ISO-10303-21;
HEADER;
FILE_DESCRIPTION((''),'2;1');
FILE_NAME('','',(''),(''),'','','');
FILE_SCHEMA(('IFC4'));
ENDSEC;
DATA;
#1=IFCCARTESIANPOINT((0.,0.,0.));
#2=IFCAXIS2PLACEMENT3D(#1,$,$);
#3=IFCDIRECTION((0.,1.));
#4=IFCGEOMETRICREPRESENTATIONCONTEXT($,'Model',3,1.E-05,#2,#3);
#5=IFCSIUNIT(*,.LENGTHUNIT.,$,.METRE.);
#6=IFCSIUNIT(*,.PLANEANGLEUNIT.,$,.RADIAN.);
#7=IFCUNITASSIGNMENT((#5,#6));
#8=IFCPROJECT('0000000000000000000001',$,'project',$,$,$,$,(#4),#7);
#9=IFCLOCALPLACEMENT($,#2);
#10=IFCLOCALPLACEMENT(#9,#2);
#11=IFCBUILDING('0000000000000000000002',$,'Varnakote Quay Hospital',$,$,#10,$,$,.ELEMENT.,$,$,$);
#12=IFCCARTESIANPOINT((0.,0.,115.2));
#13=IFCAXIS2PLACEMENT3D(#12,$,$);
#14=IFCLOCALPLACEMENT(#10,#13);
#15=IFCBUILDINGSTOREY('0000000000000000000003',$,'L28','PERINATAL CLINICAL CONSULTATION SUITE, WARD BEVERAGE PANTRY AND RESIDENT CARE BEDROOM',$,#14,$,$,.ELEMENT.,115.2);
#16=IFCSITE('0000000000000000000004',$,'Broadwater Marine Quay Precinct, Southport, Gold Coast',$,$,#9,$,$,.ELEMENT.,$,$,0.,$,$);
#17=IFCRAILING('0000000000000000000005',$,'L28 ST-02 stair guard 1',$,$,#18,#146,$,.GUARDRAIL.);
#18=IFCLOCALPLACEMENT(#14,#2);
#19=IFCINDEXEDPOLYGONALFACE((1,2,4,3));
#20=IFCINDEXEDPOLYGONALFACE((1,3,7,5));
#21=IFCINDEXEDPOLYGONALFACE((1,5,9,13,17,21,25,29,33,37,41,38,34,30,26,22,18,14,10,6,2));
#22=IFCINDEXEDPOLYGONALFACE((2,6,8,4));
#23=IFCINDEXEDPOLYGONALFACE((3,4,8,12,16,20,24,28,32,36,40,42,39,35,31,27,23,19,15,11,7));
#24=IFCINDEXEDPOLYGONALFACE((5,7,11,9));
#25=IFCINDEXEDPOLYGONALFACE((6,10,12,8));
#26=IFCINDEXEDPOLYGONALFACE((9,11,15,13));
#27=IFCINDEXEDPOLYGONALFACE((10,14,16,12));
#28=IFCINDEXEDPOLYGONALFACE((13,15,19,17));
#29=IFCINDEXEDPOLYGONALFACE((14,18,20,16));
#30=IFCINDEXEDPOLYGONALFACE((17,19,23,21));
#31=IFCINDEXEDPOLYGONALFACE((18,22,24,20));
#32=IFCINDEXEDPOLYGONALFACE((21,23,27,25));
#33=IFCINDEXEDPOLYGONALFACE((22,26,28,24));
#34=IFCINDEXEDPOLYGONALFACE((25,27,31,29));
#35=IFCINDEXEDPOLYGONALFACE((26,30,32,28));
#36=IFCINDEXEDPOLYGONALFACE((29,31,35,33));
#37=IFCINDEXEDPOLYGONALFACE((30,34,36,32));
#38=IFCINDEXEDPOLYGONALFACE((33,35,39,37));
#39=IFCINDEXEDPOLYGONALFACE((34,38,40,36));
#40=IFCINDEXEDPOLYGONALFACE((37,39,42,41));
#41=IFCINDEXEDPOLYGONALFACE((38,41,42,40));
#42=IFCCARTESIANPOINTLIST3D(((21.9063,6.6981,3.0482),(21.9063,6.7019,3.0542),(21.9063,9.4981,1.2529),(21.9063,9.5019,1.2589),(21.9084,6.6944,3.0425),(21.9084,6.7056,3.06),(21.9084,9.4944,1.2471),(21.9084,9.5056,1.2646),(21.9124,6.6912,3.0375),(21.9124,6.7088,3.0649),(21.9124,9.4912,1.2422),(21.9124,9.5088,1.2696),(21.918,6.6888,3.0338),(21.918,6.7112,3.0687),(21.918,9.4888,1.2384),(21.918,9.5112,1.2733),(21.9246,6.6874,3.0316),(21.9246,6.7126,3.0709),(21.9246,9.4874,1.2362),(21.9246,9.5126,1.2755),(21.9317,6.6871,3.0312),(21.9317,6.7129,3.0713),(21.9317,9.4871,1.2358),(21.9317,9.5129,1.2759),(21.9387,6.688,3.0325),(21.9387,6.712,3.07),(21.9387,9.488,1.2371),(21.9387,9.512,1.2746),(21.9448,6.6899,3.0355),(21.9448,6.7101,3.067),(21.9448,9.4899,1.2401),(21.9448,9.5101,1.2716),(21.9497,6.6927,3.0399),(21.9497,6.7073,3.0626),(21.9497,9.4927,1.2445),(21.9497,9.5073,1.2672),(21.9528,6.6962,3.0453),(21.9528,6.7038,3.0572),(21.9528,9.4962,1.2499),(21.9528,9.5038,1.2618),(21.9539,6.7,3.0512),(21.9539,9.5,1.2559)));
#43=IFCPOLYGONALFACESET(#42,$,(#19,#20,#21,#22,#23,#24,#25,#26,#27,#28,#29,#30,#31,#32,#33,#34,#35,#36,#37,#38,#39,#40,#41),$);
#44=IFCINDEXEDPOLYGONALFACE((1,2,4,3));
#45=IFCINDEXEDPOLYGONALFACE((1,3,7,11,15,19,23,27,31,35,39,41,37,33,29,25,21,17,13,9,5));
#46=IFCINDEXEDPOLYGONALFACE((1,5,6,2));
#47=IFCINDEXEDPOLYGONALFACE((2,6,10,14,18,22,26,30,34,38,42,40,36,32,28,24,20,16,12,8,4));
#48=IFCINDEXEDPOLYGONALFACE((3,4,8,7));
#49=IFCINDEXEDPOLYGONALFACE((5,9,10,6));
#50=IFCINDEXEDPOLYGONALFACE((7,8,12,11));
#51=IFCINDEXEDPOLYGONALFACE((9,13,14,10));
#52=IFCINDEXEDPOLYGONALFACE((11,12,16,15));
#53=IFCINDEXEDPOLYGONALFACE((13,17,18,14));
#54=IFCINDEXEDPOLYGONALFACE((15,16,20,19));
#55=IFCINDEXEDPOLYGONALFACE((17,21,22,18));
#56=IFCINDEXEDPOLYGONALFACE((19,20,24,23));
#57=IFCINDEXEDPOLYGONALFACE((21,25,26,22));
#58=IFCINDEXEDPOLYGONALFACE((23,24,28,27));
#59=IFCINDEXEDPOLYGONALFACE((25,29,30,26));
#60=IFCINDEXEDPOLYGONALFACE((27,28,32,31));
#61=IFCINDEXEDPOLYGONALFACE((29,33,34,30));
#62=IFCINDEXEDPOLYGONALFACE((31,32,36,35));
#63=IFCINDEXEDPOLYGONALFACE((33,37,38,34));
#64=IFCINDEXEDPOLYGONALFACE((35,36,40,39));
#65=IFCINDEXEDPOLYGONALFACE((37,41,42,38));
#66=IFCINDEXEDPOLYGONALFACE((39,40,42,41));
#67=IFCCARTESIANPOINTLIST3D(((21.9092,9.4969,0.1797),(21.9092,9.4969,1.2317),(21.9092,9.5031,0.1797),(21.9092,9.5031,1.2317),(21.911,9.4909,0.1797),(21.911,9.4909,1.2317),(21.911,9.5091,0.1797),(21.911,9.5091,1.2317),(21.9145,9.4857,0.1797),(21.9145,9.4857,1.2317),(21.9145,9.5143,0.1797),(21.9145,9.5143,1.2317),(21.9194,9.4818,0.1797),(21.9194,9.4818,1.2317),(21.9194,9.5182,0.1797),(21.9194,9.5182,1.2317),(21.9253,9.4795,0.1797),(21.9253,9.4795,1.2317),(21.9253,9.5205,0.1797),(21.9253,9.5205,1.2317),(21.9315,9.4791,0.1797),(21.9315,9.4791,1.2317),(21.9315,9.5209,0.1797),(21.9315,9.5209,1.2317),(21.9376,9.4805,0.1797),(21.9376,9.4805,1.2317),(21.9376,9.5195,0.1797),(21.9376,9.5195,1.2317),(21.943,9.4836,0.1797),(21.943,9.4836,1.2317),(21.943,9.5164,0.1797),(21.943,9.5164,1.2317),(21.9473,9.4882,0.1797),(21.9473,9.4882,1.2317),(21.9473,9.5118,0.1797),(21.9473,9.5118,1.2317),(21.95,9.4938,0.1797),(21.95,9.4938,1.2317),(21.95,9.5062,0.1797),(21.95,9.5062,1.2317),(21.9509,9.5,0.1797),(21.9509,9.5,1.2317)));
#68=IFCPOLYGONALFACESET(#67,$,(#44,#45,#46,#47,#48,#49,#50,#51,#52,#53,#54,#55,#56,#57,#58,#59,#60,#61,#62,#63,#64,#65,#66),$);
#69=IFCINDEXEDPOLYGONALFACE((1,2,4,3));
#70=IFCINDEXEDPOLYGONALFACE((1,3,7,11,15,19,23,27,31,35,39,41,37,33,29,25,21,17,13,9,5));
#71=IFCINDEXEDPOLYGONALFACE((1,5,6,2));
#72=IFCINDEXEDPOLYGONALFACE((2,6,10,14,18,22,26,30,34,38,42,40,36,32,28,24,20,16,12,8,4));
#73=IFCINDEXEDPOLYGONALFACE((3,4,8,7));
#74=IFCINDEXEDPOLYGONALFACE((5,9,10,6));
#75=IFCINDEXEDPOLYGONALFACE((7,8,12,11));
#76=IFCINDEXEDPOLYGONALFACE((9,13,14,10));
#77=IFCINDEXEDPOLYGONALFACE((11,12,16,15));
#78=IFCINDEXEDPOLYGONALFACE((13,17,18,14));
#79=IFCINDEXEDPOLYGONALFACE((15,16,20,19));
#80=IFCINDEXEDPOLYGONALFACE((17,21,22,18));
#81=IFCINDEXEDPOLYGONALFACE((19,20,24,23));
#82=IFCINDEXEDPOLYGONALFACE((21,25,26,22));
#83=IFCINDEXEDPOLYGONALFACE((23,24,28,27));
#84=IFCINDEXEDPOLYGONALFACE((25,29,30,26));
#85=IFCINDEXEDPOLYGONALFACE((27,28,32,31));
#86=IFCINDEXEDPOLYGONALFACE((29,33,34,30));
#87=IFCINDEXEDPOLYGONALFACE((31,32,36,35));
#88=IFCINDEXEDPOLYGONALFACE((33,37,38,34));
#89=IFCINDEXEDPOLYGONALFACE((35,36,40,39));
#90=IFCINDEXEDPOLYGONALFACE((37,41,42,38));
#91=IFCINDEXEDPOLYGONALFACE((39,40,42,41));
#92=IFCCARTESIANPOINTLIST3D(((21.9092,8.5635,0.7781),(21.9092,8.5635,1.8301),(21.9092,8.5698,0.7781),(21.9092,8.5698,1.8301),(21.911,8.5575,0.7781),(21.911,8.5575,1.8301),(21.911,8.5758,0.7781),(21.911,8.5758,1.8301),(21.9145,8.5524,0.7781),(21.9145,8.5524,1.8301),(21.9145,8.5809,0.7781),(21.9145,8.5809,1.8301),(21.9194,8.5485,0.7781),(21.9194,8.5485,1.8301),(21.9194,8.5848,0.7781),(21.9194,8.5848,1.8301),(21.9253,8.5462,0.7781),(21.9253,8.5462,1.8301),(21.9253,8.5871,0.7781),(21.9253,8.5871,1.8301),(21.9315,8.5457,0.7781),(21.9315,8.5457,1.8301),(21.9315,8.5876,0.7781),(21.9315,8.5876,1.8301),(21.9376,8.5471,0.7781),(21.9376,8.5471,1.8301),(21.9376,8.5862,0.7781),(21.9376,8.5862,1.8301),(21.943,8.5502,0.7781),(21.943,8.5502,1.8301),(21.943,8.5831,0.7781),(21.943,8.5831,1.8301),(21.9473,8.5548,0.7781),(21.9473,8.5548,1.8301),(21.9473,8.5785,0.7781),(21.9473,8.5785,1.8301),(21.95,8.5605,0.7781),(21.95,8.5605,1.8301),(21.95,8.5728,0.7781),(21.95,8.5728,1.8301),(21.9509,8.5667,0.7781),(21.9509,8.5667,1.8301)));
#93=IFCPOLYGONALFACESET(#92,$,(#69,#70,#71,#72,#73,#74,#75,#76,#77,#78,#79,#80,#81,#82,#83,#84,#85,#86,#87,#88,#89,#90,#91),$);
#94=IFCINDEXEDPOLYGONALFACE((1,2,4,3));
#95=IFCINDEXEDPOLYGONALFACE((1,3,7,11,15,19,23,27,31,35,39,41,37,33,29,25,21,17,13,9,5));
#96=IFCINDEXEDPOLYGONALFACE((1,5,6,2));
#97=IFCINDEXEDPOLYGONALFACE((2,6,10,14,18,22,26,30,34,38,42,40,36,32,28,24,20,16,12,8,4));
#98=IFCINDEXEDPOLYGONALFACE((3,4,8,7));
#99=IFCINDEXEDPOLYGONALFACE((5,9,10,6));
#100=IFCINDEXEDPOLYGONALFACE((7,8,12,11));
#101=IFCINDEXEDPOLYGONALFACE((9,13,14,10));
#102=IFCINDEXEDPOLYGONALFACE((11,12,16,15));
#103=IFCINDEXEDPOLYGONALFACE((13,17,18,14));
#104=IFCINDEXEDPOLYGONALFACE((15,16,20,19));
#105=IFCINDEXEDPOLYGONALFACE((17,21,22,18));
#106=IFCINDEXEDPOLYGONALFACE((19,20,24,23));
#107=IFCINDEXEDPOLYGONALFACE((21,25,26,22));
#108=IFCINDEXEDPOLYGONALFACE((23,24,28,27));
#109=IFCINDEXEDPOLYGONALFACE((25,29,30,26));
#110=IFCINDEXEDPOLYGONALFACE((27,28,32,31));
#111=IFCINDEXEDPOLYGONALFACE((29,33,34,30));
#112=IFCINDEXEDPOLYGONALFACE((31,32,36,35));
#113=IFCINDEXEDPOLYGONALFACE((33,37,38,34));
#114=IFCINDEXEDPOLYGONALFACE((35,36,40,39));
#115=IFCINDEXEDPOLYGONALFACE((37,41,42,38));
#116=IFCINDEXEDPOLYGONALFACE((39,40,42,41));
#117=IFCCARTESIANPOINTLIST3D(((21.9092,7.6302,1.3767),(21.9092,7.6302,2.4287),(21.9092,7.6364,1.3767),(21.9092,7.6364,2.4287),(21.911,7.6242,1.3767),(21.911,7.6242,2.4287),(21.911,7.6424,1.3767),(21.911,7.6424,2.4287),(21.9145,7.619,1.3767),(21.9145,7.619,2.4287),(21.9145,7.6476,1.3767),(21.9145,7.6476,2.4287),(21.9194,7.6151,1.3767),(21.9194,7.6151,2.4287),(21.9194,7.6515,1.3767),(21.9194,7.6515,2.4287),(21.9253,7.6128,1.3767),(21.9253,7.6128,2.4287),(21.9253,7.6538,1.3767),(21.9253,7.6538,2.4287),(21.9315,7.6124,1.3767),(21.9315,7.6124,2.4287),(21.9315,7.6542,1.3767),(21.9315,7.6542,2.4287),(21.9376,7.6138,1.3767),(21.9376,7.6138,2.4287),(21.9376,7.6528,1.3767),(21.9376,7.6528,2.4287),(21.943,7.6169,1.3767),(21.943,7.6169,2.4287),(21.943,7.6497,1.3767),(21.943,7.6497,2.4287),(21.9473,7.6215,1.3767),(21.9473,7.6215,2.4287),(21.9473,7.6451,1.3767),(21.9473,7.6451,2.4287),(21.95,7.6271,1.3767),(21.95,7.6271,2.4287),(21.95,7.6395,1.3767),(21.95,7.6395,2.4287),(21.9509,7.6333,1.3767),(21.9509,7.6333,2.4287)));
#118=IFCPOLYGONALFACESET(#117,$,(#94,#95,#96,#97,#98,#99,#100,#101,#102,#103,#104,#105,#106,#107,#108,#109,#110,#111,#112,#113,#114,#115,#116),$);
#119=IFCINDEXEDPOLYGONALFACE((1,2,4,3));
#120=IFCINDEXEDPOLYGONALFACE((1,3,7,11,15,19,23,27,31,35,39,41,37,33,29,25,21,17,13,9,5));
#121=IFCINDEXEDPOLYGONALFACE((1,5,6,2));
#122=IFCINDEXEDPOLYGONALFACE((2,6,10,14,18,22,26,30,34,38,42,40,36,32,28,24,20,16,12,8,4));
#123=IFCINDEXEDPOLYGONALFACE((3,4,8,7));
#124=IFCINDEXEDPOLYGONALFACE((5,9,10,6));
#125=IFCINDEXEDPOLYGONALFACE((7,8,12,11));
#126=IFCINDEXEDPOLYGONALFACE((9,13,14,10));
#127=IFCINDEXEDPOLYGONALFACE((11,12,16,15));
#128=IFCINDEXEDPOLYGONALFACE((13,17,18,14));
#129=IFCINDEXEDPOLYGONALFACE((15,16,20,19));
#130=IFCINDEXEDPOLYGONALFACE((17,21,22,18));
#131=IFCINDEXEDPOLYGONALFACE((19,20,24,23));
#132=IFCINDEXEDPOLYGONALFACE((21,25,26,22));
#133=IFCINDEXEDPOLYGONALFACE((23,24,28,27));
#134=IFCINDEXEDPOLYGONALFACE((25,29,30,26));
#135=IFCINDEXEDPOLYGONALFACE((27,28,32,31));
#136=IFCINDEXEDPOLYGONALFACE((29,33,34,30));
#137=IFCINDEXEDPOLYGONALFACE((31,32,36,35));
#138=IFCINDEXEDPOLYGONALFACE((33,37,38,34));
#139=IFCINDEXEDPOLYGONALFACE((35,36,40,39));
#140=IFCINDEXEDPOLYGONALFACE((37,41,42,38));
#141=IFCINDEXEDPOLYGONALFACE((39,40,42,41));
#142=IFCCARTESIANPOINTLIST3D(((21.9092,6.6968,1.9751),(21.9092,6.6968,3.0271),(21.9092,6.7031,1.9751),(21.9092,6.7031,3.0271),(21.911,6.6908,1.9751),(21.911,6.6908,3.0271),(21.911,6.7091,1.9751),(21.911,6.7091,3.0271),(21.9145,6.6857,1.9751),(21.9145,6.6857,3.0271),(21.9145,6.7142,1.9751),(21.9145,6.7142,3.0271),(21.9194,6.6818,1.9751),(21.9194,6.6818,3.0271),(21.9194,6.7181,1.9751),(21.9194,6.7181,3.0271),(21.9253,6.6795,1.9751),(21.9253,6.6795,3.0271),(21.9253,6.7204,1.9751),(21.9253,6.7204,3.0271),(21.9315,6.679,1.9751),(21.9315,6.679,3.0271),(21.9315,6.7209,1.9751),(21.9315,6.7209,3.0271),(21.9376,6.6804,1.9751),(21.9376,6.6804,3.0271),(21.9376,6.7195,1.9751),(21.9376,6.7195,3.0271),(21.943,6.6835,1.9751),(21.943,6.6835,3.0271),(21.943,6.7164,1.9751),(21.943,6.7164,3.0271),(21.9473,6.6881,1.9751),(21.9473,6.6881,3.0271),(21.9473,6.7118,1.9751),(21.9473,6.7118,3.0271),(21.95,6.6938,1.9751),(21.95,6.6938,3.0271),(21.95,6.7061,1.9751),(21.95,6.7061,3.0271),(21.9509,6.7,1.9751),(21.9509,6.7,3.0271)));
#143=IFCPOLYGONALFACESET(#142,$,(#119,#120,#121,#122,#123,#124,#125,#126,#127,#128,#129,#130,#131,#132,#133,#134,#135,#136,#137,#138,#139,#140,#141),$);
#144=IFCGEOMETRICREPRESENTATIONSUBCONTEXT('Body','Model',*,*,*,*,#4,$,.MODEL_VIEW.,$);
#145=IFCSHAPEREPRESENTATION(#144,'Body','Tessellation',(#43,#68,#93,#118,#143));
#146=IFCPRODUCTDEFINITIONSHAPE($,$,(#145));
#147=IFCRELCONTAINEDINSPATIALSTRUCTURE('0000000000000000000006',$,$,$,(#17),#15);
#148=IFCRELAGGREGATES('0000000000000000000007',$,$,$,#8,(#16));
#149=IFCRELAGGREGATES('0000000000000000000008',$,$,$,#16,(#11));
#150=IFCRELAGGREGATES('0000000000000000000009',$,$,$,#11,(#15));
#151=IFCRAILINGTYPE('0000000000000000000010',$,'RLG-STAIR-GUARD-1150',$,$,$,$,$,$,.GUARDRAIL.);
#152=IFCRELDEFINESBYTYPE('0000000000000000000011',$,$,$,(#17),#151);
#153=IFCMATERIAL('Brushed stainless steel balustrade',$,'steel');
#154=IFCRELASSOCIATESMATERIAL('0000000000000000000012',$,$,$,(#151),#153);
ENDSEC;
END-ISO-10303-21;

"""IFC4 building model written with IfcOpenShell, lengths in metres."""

from ifc_helpers import new_model, si_unit, direction, frame, origin, origin_2d, place, context, subcontext, project, spatial, circle, extrude, material, type_object, element, save


model = new_model("IFC4")

# Units and contexts
model_context = context("Model", 3, precision=1e-05, world=origin(), true_north=direction((0.0, 1.0)))
body_context = subcontext(model_context, "Body", "Model", "MODEL_VIEW")
ifc_project = project(units=[si_unit("LENGTHUNIT", "METRE"), si_unit("PLANEANGLEUNIT", "RADIAN")], contexts=[model_context])

# Site, building, storey
site_placement = place(None, origin())
site = spatial("IfcSite", under=ifc_project, at=site_placement, Name="Broadwater Marine Quay Precinct, Southport, Gold Coast", CompositionType="ELEMENT", RefElevation=0.0)
building_placement = place(site_placement, origin())
building = spatial("IfcBuilding", under=site, at=building_placement, Name="Varnakote Quay Hospital", CompositionType="ELEMENT")
storey_placement = place(building_placement, frame((0.0, 0.0, 115.2)))
storey = spatial("IfcBuildingStorey", under=building, at=storey_placement, Name="L28", Description="PERINATAL CLINICAL CONSULTATION SUITE, WARD BEVERAGE PANTRY AND RESIDENT CARE BEDROOM", CompositionType="ELEMENT", Elevation=115.2)

# Railing
ifc_material_1 = material(Name="Brushed stainless steel balustrade", Category="steel")
railing_type_1 = type_object("IfcRailingType", Name="RLG-STAIR-GUARD-1150", PredefinedType="GUARDRAIL", material=ifc_material_1)
railing_1_placement = place(storey_placement, frame((21.9299, 9.5, 0.1797)))
element("IfcRailing", 1, at=railing_1_placement, inside=storey, type_object=railing_type_1, Name="L28 ST-02 stair guard 1", PredefinedType="GUARDRAIL", context=body_context, shape_type="SweptSolid", body=[
    extrude(circle(Radius=0.0239, at=origin_2d()), frame((0.0, 0.0, 1.0762), z_axis=(0.0, -0.84181, 0.539774), x_axis=(1.0, 0.0, 0.0)), (0.0, 0.0, 1.0), 3.3262),
    extrude(circle(Radius=0.021, at=origin_2d()), origin(), (0.0, 0.0, 1.0), 1.052),
    extrude(circle(Radius=0.021, at=origin_2d()), frame((0.0, -0.9333, 0.5984)), (0.0, 0.0, 1.0), 1.052),
    extrude(circle(Radius=0.021, at=origin_2d()), frame((0.0, -1.8667, 1.197)), (0.0, 0.0, 1.0), 1.052),
    extrude(circle(Radius=0.021, at=origin_2d()), frame((0.0, -2.8, 1.7954)), (0.0, 0.0, 1.0), 1.052),
])

save(model, "model.ifc")
